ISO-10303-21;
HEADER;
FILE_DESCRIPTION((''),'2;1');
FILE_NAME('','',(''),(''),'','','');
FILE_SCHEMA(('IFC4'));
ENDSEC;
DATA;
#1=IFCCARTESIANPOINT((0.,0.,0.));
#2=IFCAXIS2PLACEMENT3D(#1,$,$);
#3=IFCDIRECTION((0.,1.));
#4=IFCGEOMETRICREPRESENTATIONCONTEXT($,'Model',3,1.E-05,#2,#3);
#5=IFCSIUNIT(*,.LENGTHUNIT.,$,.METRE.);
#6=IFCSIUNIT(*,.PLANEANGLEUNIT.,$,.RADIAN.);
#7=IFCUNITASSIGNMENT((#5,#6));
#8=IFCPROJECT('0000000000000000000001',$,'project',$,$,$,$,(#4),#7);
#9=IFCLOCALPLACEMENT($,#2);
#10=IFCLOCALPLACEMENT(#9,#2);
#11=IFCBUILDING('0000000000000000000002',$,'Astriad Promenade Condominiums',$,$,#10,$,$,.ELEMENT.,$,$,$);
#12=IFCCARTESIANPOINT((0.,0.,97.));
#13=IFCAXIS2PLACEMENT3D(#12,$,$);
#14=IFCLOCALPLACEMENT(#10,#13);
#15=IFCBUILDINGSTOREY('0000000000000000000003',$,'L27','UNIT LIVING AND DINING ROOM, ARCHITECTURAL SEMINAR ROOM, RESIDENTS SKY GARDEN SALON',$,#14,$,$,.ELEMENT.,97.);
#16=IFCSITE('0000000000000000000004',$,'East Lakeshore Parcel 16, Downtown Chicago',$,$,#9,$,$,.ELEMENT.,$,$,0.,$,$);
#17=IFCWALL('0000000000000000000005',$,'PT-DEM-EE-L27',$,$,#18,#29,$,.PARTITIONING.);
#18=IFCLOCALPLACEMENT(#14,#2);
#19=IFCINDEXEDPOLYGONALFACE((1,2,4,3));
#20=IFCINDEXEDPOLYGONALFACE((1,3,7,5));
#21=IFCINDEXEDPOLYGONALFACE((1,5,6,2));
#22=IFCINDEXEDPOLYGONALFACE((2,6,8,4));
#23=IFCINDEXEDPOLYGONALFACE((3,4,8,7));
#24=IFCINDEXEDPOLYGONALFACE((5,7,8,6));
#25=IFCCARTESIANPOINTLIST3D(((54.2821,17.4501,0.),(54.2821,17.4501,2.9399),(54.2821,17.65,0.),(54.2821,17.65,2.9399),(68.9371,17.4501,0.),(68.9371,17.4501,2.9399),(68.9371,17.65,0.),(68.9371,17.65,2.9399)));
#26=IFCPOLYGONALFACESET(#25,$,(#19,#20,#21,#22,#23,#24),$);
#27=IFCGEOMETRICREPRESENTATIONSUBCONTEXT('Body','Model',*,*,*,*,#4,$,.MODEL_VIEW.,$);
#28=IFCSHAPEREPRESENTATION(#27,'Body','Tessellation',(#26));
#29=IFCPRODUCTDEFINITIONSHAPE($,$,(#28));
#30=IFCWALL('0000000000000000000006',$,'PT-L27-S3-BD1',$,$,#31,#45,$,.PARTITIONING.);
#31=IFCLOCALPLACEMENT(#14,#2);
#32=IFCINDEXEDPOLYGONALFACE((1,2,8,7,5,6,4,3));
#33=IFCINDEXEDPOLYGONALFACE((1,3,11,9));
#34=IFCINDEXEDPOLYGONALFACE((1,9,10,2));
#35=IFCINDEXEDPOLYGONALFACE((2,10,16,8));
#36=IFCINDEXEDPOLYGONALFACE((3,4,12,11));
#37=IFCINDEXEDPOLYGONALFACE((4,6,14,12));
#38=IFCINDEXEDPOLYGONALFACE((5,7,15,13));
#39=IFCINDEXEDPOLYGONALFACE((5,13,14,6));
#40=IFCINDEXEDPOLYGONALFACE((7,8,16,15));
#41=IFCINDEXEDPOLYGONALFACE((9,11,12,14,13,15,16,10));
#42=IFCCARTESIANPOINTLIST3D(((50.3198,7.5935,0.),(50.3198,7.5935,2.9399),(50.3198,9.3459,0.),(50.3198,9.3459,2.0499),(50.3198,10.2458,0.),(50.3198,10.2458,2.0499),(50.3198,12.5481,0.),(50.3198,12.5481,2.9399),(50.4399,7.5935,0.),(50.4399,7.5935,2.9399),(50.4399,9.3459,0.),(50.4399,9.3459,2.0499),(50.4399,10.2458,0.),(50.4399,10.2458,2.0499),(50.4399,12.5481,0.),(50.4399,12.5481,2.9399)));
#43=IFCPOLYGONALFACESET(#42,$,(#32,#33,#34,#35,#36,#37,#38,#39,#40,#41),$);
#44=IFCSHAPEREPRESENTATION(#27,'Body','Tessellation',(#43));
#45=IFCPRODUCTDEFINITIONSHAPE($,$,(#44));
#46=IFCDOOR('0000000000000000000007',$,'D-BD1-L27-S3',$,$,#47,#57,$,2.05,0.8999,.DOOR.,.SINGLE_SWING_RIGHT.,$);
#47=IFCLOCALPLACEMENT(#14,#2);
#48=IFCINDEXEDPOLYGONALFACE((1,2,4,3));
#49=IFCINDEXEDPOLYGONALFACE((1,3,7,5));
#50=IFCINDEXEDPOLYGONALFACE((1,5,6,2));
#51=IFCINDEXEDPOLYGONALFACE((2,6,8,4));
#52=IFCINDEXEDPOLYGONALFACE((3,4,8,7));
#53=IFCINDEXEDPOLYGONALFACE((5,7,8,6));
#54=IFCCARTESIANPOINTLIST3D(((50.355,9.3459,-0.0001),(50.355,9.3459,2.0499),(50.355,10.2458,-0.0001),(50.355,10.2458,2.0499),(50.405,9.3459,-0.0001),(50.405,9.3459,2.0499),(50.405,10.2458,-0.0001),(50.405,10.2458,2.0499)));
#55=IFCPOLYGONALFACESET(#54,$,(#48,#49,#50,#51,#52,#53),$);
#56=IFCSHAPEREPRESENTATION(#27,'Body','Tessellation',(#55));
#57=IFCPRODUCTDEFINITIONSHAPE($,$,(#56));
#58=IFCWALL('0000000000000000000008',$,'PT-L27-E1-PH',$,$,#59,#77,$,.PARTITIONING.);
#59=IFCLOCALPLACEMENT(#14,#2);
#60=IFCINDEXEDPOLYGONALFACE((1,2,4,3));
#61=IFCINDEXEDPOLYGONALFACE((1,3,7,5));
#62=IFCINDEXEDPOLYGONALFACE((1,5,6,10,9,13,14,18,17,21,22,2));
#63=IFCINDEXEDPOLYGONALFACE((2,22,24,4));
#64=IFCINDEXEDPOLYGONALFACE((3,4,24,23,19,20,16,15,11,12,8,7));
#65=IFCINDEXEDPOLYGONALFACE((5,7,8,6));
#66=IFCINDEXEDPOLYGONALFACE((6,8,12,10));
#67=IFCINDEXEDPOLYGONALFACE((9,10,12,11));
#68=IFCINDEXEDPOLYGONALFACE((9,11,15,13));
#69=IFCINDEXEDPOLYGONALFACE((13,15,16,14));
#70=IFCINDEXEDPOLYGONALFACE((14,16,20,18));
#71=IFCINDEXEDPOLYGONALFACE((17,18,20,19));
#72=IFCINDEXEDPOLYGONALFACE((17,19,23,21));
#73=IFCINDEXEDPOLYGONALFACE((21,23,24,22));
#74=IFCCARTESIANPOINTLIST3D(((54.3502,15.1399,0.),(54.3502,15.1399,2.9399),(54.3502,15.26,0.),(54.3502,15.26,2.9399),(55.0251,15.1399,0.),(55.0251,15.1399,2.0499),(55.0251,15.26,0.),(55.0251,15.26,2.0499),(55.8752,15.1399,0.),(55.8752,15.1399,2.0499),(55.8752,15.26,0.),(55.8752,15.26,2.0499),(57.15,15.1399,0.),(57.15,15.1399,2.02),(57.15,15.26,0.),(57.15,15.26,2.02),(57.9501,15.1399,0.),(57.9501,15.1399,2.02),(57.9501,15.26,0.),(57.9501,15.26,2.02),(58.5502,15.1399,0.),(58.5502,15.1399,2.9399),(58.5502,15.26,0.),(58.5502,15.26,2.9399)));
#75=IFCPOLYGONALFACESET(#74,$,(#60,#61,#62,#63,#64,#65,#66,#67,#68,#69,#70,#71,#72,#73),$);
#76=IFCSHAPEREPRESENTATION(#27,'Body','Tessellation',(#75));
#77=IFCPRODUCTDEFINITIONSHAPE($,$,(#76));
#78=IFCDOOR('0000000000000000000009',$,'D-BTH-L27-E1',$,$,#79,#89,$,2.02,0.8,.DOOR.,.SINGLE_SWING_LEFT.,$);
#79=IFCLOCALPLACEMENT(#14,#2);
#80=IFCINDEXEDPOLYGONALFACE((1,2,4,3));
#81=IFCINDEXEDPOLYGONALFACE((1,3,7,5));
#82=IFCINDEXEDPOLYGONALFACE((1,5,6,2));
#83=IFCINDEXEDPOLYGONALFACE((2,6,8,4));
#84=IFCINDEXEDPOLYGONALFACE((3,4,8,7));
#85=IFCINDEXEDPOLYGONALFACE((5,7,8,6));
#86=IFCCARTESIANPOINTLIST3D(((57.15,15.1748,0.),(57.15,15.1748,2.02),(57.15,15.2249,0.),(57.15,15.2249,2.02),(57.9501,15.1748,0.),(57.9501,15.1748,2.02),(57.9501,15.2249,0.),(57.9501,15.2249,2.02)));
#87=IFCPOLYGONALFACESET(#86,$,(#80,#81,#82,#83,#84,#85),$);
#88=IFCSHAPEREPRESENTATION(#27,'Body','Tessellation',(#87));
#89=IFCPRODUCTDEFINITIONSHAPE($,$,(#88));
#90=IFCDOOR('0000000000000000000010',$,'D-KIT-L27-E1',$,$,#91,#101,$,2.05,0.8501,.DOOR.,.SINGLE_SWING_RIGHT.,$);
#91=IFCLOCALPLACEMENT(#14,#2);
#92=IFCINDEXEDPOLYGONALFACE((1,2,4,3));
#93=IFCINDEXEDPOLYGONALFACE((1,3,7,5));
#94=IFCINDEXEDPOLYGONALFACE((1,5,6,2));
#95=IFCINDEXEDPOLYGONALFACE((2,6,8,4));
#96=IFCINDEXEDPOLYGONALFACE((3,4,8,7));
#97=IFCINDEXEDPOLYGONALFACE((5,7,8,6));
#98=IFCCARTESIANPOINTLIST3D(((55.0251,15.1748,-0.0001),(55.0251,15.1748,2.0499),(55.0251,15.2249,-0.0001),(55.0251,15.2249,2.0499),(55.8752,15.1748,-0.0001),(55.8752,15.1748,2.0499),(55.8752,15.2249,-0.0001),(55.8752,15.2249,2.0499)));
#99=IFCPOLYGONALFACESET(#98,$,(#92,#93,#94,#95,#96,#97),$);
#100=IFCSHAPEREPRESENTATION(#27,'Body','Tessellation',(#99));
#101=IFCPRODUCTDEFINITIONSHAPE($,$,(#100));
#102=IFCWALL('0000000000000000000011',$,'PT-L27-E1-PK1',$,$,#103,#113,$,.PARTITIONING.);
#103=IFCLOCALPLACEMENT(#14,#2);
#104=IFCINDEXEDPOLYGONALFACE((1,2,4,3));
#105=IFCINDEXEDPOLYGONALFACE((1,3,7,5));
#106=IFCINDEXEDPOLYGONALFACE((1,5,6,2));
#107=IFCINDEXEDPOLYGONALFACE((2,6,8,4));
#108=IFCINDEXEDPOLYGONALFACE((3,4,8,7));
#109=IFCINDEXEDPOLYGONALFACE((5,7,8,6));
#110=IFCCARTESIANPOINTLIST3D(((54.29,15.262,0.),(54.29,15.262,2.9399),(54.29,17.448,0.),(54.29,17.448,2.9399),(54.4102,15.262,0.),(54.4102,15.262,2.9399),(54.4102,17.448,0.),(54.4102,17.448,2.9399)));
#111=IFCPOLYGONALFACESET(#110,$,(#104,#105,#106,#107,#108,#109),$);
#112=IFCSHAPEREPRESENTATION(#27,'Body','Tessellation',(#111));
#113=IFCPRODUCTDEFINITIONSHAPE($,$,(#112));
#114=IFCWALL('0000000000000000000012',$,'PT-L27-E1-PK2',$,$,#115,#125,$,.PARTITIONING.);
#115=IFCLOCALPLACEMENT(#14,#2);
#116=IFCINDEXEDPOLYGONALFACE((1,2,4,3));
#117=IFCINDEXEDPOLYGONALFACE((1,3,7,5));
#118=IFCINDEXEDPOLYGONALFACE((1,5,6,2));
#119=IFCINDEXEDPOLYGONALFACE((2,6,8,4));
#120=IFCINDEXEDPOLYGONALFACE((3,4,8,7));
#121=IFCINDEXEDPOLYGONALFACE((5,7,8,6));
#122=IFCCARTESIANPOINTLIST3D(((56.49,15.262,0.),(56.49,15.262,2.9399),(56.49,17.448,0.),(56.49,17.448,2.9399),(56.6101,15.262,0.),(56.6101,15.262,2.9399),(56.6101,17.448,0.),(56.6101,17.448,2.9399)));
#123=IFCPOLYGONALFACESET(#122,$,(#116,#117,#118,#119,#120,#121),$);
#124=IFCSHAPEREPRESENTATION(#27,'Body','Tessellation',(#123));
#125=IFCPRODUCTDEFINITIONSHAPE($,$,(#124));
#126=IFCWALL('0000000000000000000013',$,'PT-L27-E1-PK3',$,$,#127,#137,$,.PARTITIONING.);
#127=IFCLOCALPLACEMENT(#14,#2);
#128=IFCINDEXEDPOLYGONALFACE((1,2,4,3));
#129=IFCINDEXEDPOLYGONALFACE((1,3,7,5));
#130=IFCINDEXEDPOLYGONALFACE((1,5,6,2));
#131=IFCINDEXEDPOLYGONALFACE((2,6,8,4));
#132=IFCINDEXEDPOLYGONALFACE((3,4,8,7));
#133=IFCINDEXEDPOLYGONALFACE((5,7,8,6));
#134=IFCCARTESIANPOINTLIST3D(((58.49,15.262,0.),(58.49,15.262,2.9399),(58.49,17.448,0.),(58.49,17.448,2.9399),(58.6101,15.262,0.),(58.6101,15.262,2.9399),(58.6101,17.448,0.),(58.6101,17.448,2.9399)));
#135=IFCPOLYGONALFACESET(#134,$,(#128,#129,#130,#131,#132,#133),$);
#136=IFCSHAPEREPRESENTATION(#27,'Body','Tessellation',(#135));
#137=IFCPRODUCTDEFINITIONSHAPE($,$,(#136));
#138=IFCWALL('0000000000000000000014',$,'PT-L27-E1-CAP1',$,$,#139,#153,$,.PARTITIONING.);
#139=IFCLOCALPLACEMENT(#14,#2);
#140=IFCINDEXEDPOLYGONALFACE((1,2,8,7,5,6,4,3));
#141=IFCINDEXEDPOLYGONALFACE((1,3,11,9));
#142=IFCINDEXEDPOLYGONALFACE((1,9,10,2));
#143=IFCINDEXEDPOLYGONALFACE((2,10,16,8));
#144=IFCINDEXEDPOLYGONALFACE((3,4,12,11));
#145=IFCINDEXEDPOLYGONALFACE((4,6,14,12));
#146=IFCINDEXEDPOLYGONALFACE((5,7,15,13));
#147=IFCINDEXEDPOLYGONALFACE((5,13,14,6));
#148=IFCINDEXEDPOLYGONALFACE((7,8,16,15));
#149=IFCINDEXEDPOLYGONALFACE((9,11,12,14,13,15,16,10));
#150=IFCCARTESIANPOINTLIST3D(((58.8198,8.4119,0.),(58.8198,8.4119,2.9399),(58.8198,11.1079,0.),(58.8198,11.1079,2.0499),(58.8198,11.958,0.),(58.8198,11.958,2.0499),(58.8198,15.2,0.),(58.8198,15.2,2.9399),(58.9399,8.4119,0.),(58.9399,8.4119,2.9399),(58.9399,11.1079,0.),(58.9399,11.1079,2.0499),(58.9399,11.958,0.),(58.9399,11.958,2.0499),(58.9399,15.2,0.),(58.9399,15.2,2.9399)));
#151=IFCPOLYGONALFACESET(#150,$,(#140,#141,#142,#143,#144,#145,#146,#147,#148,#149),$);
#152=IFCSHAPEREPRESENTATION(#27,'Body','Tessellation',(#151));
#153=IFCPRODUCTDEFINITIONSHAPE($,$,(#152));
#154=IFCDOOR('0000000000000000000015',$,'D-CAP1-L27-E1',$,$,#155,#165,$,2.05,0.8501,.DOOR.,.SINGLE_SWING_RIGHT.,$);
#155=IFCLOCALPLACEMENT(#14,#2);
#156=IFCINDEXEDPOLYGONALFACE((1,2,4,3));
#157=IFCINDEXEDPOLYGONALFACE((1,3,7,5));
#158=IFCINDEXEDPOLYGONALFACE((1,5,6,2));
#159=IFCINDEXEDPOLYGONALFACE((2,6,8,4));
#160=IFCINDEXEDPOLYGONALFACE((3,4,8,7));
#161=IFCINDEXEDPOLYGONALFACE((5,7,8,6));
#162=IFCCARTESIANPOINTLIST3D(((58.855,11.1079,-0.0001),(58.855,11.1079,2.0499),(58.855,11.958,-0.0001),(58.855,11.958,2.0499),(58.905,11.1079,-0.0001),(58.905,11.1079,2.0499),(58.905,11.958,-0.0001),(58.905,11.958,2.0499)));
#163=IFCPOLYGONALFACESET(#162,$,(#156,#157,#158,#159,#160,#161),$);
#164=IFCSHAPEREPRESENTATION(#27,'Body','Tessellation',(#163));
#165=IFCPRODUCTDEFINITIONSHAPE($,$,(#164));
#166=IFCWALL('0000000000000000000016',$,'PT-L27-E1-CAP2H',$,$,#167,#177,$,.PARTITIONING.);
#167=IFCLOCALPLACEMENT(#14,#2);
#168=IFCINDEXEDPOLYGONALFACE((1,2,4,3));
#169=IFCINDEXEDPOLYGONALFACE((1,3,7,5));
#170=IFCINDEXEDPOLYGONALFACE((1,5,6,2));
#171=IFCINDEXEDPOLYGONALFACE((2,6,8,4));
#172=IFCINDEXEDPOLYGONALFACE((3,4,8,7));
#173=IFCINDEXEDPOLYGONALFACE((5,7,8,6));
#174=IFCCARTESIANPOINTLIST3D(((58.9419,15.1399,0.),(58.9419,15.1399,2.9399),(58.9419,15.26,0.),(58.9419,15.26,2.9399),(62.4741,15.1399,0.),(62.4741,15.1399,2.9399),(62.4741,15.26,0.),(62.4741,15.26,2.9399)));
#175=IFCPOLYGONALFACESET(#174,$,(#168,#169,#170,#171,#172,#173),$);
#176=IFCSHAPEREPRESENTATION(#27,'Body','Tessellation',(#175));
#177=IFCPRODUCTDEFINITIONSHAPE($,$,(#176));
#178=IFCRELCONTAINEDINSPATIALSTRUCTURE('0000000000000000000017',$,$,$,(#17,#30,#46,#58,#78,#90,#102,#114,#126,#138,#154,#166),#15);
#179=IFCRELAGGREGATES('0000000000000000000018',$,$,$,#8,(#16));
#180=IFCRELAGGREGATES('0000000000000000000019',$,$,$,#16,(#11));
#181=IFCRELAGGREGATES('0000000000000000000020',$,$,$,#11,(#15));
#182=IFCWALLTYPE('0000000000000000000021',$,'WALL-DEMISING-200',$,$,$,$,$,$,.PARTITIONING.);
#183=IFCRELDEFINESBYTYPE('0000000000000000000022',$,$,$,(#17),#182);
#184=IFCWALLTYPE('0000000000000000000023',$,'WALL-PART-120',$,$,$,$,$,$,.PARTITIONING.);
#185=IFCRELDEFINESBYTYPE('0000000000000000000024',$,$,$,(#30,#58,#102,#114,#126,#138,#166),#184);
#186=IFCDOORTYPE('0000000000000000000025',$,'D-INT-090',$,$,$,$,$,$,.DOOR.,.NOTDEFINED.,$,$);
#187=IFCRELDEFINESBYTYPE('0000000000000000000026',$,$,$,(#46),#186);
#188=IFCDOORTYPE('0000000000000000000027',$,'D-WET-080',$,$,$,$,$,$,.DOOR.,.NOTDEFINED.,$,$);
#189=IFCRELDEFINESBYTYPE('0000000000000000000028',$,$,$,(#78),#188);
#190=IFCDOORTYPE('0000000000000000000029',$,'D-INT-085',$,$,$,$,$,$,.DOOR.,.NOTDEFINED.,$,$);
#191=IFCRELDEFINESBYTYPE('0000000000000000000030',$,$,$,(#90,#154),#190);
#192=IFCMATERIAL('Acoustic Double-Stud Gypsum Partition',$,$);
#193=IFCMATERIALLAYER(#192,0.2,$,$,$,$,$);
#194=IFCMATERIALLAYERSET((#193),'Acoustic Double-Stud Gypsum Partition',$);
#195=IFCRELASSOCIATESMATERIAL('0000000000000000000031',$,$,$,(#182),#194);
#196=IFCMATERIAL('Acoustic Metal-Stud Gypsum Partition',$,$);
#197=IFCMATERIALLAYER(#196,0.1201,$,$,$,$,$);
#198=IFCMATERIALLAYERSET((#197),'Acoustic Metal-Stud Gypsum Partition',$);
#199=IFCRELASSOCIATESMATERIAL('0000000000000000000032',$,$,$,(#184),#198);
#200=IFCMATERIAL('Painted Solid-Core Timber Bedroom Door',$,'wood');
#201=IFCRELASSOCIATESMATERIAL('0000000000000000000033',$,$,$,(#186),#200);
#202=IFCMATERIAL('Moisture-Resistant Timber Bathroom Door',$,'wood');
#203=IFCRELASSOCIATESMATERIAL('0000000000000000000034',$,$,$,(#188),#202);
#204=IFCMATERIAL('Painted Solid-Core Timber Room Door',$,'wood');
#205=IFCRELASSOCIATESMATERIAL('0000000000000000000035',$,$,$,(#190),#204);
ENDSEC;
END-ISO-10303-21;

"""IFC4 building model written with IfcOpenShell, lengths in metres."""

from ifc_helpers import new_model, si_unit, direction, frame, frame_2d, origin, place, context, subcontext, project, spatial, rectangle, extrude, source, transform, mapped, material, layer, layer_set, type_object, type_shapes, element, fill, save


model = new_model("IFC4")

# Units and contexts
model_context = context("Model", 3, precision=1e-05, world=origin(), true_north=direction((0.0, 1.0)))
body_context = subcontext(model_context, "Body", "Model", "MODEL_VIEW")
ifc_project = project(units=[si_unit("LENGTHUNIT", "METRE"), si_unit("PLANEANGLEUNIT", "RADIAN")], contexts=[model_context])

# Site, building, storey
site_placement = place(None, origin())
site = spatial("IfcSite", under=ifc_project, at=site_placement, Name="East Lakeshore Parcel 16, Downtown Chicago", CompositionType="ELEMENT", RefElevation=0.0)
building_placement = place(site_placement, origin())
building = spatial("IfcBuilding", under=site, at=building_placement, Name="Astriad Promenade Condominiums", CompositionType="ELEMENT")
storey_placement = place(building_placement, frame((0.0, 0.0, 97.0)))
storey = spatial("IfcBuildingStorey", under=building, at=storey_placement, Name="L27", Description="UNIT LIVING AND DINING ROOM, ARCHITECTURAL SEMINAR ROOM, RESIDENTS SKY GARDEN SALON", CompositionType="ELEMENT", Elevation=97.0)

# Wall
ifc_material_1 = material(Name="Acoustic Double-Stud Gypsum Partition")
ifc_layer_1 = layer(ifc_material_1, 0.2)
ifc_layer_set_1 = layer_set([ifc_layer_1], Name="Acoustic Double-Stud Gypsum Partition")
wall_type_1 = type_object("IfcWallType", Name="WALL-DEMISING-200", PredefinedType="PARTITIONING", material=ifc_layer_set_1)
wall_1_placement = place(storey_placement, frame((54.282, 17.55, 0.0), z_axis=(0.0, 0.0, 1.0), x_axis=(1.0, 0.0, 0.0)))
element("IfcWall", 1, at=wall_1_placement, inside=storey, type_object=wall_type_1, Name="PT-DEM-EE-L27", PredefinedType="PARTITIONING", context=body_context, shape_type="SweptSolid", body=[
    extrude(rectangle(XDim=14.655, YDim=0.2, at=frame_2d((7.3276, 0.0))), origin(), (0.0, 0.0, 1.0), 2.9399),
])

# Wall, opening, door
ifc_material_2 = material(Name="Acoustic Metal-Stud Gypsum Partition")
ifc_layer_2 = layer(ifc_material_2, 0.1201)
ifc_layer_set_2 = layer_set([ifc_layer_2], Name="Acoustic Metal-Stud Gypsum Partition")
wall_type_2 = type_object("IfcWallType", Name="WALL-PART-120", PredefinedType="PARTITIONING", material=ifc_layer_set_2)
wall_2_placement = place(storey_placement, frame((50.3799, 7.5935, 0.0), z_axis=(0.0, 0.0, 1.0), x_axis=(0.0, 1.0, 0.0)))
wall_2 = element("IfcWall", 2, at=wall_2_placement, inside=storey, type_object=wall_type_2, Name="PT-L27-S3-BD1", PredefinedType="PARTITIONING", context=body_context, shape_type="SweptSolid", body=[
    extrude(rectangle(XDim=4.9546, YDim=0.1201, at=frame_2d((2.4773, 0.0))), origin(), (0.0, 0.0, 1.0), 2.9399),
])
opening_1_placement = place(wall_2_placement, frame((1.7524, 0.0, 0.0)))
opening_1 = element("IfcOpeningElement", 3, at=opening_1_placement, cuts=wall_2, PredefinedType="OPENING", context=body_context, shape_type="SweptSolid", body=[
    extrude(rectangle(XDim=0.8999, YDim=2.05, at=frame_2d((0.45, 1.0249))), frame((0.0, 0.0701, 0.0), z_axis=(0.0, -1.0, 0.0), x_axis=(1.0, 0.0, 0.0)), (0.0, 0.0, 1.0), 0.1401),
])
ifc_material_3 = material(Name="Painted Solid-Core Timber Bedroom Door", Category="wood")
door_type_1 = type_object("IfcDoorType", Name="D-INT-090", OperationType="NOTDEFINED", PredefinedType="DOOR", material=ifc_material_3)
shared_shape_1 = source(origin(), body_context, "Body", "SweptSolid", [
    extrude(rectangle(XDim=0.8999, YDim=2.05, at=frame_2d((0.45, 1.0249))), frame((0.0, 0.0249, 0.0), z_axis=(0.0, -1.0, 0.0), x_axis=(1.0, 0.0, 0.0)), (0.0, 0.0, 1.0), 0.05),
])
type_shapes(door_type_1, [shared_shape_1])
door_1_placement = place(opening_1_placement, origin())
door_1 = element("IfcDoor", 4, at=door_1_placement, inside=storey, type_object=door_type_1, Name="D-BD1-L27-S3", OperationType="SINGLE_SWING_RIGHT", OverallHeight=2.05, OverallWidth=0.8999, PredefinedType="DOOR", context=body_context, shape_type="MappedRepresentation", body=[
    mapped(shared_shape_1, transform((0.0, 0.0, 0.0), scale=1.0)),
])
fill(opening_1, door_1)

# Wall, openings, doors
wall_3_placement = place(storey_placement, frame((54.3501, 15.2, 0.0), z_axis=(0.0, 0.0, 1.0), x_axis=(1.0, 0.0, 0.0)))
wall_3 = element("IfcWall", 5, at=wall_3_placement, inside=storey, type_object=wall_type_2, Name="PT-L27-E1-PH", PredefinedType="PARTITIONING", context=body_context, shape_type="SweptSolid", body=[
    extrude(rectangle(XDim=4.2, YDim=0.1201, at=frame_2d((2.1001, 0.0))), origin(), (0.0, 0.0, 1.0), 2.9399),
])
opening_2_placement = place(wall_3_placement, frame((0.675, 0.0, 0.0)))
opening_2 = element("IfcOpeningElement", 6, at=opening_2_placement, cuts=wall_3, PredefinedType="OPENING", context=body_context, shape_type="SweptSolid", body=[
    extrude(rectangle(XDim=0.8501, YDim=2.05, at=frame_2d((0.425, 1.0249))), frame((0.0, 0.0701, 0.0), z_axis=(0.0, -1.0, 0.0), x_axis=(1.0, 0.0, 0.0)), (0.0, 0.0, 1.0), 0.1401),
])
opening_3_placement = place(wall_3_placement, frame((2.8, 0.0, 0.0)))
opening_3 = element("IfcOpeningElement", 7, at=opening_3_placement, cuts=wall_3, PredefinedType="OPENING", context=body_context, shape_type="SweptSolid", body=[
    extrude(rectangle(XDim=0.8, YDim=2.02, at=frame_2d((0.3999, 1.01))), frame((0.0, 0.0701, 0.0), z_axis=(0.0, -1.0, 0.0), x_axis=(1.0, 0.0, 0.0)), (0.0, 0.0, 1.0), 0.1401),
])
ifc_material_4 = material(Name="Moisture-Resistant Timber Bathroom Door", Category="wood")
door_type_2 = type_object("IfcDoorType", Name="D-WET-080", OperationType="NOTDEFINED", PredefinedType="DOOR", material=ifc_material_4)
shared_shape_2 = source(origin(), body_context, "Body", "SweptSolid", [
    extrude(rectangle(XDim=0.8, YDim=2.02, at=frame_2d((0.3999, 1.01))), frame((0.0, 0.0249, 0.0), z_axis=(0.0, -1.0, 0.0), x_axis=(1.0, 0.0, 0.0)), (0.0, 0.0, 1.0), 0.05),
])
type_shapes(door_type_2, [shared_shape_2])
door_2_placement = place(opening_3_placement, origin())
door_2 = element("IfcDoor", 8, at=door_2_placement, inside=storey, type_object=door_type_2, Name="D-BTH-L27-E1", OperationType="SINGLE_SWING_LEFT", OverallHeight=2.02, OverallWidth=0.8, PredefinedType="DOOR", context=body_context, shape_type="MappedRepresentation", body=[
    mapped(shared_shape_2, transform((0.0, 0.0, 0.0), scale=1.0)),
])
fill(opening_3, door_2)
ifc_material_5 = material(Name="Painted Solid-Core Timber Room Door", Category="wood")
door_type_3 = type_object("IfcDoorType", Name="D-INT-085", OperationType="NOTDEFINED", PredefinedType="DOOR", material=ifc_material_5)
shared_shape_3 = source(origin(), body_context, "Body", "SweptSolid", [
    extrude(rectangle(XDim=0.8501, YDim=2.05, at=frame_2d((0.425, 1.0249))), frame((0.0, 0.0249, 0.0), z_axis=(0.0, -1.0, 0.0), x_axis=(1.0, 0.0, 0.0)), (0.0, 0.0, 1.0), 0.05),
])
type_shapes(door_type_3, [shared_shape_3])
door_3_placement = place(opening_2_placement, origin())
door_3 = element("IfcDoor", 9, at=door_3_placement, inside=storey, type_object=door_type_3, Name="D-KIT-L27-E1", OperationType="SINGLE_SWING_RIGHT", OverallHeight=2.05, OverallWidth=0.8501, PredefinedType="DOOR", context=body_context, shape_type="MappedRepresentation", body=[
    mapped(shared_shape_3, transform((0.0, 0.0, 0.0), scale=1.0)),
])
fill(opening_2, door_3)

# Walls
for number, where, z_axis, x_axis, name in (
    (10, (54.3501, 15.262, 0.0), (0.0, 0.0, 1.0), (0.0, 1.0, 0.0), "PT-L27-E1-PK1"),
    (11, (56.55, 15.262, 0.0), (0.0, 0.0, 1.0), (0.0, 1.0, 0.0), "PT-L27-E1-PK2"),
    (12, (58.55, 15.262, 0.0), (0.0, 0.0, 1.0), (0.0, 1.0, 0.0), "PT-L27-E1-PK3"),
):
    element("IfcWall", number, at=place(storey_placement, frame(where, z_axis=z_axis, x_axis=x_axis)), inside=storey, type_object=wall_type_2, Name=name, PredefinedType="PARTITIONING", context=body_context, shape_type="SweptSolid", body=[
        extrude(rectangle(XDim=2.186, YDim=0.1201, at=frame_2d((1.093, 0.0))), origin(), (0.0, 0.0, 1.0), 2.9399),
    ])

# Wall, opening, door
wall_4_placement = place(storey_placement, frame((58.8799, 8.4119, 0.0), z_axis=(0.0, 0.0, 1.0), x_axis=(0.0, 1.0, 0.0)))
wall_4 = element("IfcWall", 13, at=wall_4_placement, inside=storey, type_object=wall_type_2, Name="PT-L27-E1-CAP1", PredefinedType="PARTITIONING", context=body_context, shape_type="SweptSolid", body=[
    extrude(rectangle(XDim=6.7881, YDim=0.1201, at=frame_2d((3.394, 0.0))), origin(), (0.0, 0.0, 1.0), 2.9399),
])
opening_4_placement = place(wall_4_placement, frame((2.696, 0.0, 0.0)))
opening_4 = element("IfcOpeningElement", 14, at=opening_4_placement, cuts=wall_4, PredefinedType="OPENING", context=body_context, shape_type="SweptSolid", body=[
    extrude(rectangle(XDim=0.8501, YDim=2.05, at=frame_2d((0.425, 1.0249))), frame((0.0, 0.0701, 0.0), z_axis=(0.0, -1.0, 0.0), x_axis=(1.0, 0.0, 0.0)), (0.0, 0.0, 1.0), 0.1401),
])
door_4_placement = place(opening_4_placement, origin())
door_4 = element("IfcDoor", 15, at=door_4_placement, inside=storey, type_object=door_type_3, Name="D-CAP1-L27-E1", OperationType="SINGLE_SWING_RIGHT", OverallHeight=2.05, OverallWidth=0.8501, PredefinedType="DOOR", context=body_context, shape_type="MappedRepresentation", body=[
    mapped(shared_shape_3, transform((0.0, 0.0, 0.0), scale=1.0)),
])
fill(opening_4, door_4)

# Wall
wall_5_placement = place(storey_placement, frame((58.9419, 15.2, 0.0), z_axis=(0.0, 0.0, 1.0), x_axis=(1.0, 0.0, 0.0)))
element("IfcWall", 16, at=wall_5_placement, inside=storey, type_object=wall_type_2, Name="PT-L27-E1-CAP2H", PredefinedType="PARTITIONING", context=body_context, shape_type="SweptSolid", body=[
    extrude(rectangle(XDim=3.5322, YDim=0.1201, at=frame_2d((1.7661, 0.0))), origin(), (0.0, 0.0, 1.0), 2.9399),
])

save(model, "model.ifc")
